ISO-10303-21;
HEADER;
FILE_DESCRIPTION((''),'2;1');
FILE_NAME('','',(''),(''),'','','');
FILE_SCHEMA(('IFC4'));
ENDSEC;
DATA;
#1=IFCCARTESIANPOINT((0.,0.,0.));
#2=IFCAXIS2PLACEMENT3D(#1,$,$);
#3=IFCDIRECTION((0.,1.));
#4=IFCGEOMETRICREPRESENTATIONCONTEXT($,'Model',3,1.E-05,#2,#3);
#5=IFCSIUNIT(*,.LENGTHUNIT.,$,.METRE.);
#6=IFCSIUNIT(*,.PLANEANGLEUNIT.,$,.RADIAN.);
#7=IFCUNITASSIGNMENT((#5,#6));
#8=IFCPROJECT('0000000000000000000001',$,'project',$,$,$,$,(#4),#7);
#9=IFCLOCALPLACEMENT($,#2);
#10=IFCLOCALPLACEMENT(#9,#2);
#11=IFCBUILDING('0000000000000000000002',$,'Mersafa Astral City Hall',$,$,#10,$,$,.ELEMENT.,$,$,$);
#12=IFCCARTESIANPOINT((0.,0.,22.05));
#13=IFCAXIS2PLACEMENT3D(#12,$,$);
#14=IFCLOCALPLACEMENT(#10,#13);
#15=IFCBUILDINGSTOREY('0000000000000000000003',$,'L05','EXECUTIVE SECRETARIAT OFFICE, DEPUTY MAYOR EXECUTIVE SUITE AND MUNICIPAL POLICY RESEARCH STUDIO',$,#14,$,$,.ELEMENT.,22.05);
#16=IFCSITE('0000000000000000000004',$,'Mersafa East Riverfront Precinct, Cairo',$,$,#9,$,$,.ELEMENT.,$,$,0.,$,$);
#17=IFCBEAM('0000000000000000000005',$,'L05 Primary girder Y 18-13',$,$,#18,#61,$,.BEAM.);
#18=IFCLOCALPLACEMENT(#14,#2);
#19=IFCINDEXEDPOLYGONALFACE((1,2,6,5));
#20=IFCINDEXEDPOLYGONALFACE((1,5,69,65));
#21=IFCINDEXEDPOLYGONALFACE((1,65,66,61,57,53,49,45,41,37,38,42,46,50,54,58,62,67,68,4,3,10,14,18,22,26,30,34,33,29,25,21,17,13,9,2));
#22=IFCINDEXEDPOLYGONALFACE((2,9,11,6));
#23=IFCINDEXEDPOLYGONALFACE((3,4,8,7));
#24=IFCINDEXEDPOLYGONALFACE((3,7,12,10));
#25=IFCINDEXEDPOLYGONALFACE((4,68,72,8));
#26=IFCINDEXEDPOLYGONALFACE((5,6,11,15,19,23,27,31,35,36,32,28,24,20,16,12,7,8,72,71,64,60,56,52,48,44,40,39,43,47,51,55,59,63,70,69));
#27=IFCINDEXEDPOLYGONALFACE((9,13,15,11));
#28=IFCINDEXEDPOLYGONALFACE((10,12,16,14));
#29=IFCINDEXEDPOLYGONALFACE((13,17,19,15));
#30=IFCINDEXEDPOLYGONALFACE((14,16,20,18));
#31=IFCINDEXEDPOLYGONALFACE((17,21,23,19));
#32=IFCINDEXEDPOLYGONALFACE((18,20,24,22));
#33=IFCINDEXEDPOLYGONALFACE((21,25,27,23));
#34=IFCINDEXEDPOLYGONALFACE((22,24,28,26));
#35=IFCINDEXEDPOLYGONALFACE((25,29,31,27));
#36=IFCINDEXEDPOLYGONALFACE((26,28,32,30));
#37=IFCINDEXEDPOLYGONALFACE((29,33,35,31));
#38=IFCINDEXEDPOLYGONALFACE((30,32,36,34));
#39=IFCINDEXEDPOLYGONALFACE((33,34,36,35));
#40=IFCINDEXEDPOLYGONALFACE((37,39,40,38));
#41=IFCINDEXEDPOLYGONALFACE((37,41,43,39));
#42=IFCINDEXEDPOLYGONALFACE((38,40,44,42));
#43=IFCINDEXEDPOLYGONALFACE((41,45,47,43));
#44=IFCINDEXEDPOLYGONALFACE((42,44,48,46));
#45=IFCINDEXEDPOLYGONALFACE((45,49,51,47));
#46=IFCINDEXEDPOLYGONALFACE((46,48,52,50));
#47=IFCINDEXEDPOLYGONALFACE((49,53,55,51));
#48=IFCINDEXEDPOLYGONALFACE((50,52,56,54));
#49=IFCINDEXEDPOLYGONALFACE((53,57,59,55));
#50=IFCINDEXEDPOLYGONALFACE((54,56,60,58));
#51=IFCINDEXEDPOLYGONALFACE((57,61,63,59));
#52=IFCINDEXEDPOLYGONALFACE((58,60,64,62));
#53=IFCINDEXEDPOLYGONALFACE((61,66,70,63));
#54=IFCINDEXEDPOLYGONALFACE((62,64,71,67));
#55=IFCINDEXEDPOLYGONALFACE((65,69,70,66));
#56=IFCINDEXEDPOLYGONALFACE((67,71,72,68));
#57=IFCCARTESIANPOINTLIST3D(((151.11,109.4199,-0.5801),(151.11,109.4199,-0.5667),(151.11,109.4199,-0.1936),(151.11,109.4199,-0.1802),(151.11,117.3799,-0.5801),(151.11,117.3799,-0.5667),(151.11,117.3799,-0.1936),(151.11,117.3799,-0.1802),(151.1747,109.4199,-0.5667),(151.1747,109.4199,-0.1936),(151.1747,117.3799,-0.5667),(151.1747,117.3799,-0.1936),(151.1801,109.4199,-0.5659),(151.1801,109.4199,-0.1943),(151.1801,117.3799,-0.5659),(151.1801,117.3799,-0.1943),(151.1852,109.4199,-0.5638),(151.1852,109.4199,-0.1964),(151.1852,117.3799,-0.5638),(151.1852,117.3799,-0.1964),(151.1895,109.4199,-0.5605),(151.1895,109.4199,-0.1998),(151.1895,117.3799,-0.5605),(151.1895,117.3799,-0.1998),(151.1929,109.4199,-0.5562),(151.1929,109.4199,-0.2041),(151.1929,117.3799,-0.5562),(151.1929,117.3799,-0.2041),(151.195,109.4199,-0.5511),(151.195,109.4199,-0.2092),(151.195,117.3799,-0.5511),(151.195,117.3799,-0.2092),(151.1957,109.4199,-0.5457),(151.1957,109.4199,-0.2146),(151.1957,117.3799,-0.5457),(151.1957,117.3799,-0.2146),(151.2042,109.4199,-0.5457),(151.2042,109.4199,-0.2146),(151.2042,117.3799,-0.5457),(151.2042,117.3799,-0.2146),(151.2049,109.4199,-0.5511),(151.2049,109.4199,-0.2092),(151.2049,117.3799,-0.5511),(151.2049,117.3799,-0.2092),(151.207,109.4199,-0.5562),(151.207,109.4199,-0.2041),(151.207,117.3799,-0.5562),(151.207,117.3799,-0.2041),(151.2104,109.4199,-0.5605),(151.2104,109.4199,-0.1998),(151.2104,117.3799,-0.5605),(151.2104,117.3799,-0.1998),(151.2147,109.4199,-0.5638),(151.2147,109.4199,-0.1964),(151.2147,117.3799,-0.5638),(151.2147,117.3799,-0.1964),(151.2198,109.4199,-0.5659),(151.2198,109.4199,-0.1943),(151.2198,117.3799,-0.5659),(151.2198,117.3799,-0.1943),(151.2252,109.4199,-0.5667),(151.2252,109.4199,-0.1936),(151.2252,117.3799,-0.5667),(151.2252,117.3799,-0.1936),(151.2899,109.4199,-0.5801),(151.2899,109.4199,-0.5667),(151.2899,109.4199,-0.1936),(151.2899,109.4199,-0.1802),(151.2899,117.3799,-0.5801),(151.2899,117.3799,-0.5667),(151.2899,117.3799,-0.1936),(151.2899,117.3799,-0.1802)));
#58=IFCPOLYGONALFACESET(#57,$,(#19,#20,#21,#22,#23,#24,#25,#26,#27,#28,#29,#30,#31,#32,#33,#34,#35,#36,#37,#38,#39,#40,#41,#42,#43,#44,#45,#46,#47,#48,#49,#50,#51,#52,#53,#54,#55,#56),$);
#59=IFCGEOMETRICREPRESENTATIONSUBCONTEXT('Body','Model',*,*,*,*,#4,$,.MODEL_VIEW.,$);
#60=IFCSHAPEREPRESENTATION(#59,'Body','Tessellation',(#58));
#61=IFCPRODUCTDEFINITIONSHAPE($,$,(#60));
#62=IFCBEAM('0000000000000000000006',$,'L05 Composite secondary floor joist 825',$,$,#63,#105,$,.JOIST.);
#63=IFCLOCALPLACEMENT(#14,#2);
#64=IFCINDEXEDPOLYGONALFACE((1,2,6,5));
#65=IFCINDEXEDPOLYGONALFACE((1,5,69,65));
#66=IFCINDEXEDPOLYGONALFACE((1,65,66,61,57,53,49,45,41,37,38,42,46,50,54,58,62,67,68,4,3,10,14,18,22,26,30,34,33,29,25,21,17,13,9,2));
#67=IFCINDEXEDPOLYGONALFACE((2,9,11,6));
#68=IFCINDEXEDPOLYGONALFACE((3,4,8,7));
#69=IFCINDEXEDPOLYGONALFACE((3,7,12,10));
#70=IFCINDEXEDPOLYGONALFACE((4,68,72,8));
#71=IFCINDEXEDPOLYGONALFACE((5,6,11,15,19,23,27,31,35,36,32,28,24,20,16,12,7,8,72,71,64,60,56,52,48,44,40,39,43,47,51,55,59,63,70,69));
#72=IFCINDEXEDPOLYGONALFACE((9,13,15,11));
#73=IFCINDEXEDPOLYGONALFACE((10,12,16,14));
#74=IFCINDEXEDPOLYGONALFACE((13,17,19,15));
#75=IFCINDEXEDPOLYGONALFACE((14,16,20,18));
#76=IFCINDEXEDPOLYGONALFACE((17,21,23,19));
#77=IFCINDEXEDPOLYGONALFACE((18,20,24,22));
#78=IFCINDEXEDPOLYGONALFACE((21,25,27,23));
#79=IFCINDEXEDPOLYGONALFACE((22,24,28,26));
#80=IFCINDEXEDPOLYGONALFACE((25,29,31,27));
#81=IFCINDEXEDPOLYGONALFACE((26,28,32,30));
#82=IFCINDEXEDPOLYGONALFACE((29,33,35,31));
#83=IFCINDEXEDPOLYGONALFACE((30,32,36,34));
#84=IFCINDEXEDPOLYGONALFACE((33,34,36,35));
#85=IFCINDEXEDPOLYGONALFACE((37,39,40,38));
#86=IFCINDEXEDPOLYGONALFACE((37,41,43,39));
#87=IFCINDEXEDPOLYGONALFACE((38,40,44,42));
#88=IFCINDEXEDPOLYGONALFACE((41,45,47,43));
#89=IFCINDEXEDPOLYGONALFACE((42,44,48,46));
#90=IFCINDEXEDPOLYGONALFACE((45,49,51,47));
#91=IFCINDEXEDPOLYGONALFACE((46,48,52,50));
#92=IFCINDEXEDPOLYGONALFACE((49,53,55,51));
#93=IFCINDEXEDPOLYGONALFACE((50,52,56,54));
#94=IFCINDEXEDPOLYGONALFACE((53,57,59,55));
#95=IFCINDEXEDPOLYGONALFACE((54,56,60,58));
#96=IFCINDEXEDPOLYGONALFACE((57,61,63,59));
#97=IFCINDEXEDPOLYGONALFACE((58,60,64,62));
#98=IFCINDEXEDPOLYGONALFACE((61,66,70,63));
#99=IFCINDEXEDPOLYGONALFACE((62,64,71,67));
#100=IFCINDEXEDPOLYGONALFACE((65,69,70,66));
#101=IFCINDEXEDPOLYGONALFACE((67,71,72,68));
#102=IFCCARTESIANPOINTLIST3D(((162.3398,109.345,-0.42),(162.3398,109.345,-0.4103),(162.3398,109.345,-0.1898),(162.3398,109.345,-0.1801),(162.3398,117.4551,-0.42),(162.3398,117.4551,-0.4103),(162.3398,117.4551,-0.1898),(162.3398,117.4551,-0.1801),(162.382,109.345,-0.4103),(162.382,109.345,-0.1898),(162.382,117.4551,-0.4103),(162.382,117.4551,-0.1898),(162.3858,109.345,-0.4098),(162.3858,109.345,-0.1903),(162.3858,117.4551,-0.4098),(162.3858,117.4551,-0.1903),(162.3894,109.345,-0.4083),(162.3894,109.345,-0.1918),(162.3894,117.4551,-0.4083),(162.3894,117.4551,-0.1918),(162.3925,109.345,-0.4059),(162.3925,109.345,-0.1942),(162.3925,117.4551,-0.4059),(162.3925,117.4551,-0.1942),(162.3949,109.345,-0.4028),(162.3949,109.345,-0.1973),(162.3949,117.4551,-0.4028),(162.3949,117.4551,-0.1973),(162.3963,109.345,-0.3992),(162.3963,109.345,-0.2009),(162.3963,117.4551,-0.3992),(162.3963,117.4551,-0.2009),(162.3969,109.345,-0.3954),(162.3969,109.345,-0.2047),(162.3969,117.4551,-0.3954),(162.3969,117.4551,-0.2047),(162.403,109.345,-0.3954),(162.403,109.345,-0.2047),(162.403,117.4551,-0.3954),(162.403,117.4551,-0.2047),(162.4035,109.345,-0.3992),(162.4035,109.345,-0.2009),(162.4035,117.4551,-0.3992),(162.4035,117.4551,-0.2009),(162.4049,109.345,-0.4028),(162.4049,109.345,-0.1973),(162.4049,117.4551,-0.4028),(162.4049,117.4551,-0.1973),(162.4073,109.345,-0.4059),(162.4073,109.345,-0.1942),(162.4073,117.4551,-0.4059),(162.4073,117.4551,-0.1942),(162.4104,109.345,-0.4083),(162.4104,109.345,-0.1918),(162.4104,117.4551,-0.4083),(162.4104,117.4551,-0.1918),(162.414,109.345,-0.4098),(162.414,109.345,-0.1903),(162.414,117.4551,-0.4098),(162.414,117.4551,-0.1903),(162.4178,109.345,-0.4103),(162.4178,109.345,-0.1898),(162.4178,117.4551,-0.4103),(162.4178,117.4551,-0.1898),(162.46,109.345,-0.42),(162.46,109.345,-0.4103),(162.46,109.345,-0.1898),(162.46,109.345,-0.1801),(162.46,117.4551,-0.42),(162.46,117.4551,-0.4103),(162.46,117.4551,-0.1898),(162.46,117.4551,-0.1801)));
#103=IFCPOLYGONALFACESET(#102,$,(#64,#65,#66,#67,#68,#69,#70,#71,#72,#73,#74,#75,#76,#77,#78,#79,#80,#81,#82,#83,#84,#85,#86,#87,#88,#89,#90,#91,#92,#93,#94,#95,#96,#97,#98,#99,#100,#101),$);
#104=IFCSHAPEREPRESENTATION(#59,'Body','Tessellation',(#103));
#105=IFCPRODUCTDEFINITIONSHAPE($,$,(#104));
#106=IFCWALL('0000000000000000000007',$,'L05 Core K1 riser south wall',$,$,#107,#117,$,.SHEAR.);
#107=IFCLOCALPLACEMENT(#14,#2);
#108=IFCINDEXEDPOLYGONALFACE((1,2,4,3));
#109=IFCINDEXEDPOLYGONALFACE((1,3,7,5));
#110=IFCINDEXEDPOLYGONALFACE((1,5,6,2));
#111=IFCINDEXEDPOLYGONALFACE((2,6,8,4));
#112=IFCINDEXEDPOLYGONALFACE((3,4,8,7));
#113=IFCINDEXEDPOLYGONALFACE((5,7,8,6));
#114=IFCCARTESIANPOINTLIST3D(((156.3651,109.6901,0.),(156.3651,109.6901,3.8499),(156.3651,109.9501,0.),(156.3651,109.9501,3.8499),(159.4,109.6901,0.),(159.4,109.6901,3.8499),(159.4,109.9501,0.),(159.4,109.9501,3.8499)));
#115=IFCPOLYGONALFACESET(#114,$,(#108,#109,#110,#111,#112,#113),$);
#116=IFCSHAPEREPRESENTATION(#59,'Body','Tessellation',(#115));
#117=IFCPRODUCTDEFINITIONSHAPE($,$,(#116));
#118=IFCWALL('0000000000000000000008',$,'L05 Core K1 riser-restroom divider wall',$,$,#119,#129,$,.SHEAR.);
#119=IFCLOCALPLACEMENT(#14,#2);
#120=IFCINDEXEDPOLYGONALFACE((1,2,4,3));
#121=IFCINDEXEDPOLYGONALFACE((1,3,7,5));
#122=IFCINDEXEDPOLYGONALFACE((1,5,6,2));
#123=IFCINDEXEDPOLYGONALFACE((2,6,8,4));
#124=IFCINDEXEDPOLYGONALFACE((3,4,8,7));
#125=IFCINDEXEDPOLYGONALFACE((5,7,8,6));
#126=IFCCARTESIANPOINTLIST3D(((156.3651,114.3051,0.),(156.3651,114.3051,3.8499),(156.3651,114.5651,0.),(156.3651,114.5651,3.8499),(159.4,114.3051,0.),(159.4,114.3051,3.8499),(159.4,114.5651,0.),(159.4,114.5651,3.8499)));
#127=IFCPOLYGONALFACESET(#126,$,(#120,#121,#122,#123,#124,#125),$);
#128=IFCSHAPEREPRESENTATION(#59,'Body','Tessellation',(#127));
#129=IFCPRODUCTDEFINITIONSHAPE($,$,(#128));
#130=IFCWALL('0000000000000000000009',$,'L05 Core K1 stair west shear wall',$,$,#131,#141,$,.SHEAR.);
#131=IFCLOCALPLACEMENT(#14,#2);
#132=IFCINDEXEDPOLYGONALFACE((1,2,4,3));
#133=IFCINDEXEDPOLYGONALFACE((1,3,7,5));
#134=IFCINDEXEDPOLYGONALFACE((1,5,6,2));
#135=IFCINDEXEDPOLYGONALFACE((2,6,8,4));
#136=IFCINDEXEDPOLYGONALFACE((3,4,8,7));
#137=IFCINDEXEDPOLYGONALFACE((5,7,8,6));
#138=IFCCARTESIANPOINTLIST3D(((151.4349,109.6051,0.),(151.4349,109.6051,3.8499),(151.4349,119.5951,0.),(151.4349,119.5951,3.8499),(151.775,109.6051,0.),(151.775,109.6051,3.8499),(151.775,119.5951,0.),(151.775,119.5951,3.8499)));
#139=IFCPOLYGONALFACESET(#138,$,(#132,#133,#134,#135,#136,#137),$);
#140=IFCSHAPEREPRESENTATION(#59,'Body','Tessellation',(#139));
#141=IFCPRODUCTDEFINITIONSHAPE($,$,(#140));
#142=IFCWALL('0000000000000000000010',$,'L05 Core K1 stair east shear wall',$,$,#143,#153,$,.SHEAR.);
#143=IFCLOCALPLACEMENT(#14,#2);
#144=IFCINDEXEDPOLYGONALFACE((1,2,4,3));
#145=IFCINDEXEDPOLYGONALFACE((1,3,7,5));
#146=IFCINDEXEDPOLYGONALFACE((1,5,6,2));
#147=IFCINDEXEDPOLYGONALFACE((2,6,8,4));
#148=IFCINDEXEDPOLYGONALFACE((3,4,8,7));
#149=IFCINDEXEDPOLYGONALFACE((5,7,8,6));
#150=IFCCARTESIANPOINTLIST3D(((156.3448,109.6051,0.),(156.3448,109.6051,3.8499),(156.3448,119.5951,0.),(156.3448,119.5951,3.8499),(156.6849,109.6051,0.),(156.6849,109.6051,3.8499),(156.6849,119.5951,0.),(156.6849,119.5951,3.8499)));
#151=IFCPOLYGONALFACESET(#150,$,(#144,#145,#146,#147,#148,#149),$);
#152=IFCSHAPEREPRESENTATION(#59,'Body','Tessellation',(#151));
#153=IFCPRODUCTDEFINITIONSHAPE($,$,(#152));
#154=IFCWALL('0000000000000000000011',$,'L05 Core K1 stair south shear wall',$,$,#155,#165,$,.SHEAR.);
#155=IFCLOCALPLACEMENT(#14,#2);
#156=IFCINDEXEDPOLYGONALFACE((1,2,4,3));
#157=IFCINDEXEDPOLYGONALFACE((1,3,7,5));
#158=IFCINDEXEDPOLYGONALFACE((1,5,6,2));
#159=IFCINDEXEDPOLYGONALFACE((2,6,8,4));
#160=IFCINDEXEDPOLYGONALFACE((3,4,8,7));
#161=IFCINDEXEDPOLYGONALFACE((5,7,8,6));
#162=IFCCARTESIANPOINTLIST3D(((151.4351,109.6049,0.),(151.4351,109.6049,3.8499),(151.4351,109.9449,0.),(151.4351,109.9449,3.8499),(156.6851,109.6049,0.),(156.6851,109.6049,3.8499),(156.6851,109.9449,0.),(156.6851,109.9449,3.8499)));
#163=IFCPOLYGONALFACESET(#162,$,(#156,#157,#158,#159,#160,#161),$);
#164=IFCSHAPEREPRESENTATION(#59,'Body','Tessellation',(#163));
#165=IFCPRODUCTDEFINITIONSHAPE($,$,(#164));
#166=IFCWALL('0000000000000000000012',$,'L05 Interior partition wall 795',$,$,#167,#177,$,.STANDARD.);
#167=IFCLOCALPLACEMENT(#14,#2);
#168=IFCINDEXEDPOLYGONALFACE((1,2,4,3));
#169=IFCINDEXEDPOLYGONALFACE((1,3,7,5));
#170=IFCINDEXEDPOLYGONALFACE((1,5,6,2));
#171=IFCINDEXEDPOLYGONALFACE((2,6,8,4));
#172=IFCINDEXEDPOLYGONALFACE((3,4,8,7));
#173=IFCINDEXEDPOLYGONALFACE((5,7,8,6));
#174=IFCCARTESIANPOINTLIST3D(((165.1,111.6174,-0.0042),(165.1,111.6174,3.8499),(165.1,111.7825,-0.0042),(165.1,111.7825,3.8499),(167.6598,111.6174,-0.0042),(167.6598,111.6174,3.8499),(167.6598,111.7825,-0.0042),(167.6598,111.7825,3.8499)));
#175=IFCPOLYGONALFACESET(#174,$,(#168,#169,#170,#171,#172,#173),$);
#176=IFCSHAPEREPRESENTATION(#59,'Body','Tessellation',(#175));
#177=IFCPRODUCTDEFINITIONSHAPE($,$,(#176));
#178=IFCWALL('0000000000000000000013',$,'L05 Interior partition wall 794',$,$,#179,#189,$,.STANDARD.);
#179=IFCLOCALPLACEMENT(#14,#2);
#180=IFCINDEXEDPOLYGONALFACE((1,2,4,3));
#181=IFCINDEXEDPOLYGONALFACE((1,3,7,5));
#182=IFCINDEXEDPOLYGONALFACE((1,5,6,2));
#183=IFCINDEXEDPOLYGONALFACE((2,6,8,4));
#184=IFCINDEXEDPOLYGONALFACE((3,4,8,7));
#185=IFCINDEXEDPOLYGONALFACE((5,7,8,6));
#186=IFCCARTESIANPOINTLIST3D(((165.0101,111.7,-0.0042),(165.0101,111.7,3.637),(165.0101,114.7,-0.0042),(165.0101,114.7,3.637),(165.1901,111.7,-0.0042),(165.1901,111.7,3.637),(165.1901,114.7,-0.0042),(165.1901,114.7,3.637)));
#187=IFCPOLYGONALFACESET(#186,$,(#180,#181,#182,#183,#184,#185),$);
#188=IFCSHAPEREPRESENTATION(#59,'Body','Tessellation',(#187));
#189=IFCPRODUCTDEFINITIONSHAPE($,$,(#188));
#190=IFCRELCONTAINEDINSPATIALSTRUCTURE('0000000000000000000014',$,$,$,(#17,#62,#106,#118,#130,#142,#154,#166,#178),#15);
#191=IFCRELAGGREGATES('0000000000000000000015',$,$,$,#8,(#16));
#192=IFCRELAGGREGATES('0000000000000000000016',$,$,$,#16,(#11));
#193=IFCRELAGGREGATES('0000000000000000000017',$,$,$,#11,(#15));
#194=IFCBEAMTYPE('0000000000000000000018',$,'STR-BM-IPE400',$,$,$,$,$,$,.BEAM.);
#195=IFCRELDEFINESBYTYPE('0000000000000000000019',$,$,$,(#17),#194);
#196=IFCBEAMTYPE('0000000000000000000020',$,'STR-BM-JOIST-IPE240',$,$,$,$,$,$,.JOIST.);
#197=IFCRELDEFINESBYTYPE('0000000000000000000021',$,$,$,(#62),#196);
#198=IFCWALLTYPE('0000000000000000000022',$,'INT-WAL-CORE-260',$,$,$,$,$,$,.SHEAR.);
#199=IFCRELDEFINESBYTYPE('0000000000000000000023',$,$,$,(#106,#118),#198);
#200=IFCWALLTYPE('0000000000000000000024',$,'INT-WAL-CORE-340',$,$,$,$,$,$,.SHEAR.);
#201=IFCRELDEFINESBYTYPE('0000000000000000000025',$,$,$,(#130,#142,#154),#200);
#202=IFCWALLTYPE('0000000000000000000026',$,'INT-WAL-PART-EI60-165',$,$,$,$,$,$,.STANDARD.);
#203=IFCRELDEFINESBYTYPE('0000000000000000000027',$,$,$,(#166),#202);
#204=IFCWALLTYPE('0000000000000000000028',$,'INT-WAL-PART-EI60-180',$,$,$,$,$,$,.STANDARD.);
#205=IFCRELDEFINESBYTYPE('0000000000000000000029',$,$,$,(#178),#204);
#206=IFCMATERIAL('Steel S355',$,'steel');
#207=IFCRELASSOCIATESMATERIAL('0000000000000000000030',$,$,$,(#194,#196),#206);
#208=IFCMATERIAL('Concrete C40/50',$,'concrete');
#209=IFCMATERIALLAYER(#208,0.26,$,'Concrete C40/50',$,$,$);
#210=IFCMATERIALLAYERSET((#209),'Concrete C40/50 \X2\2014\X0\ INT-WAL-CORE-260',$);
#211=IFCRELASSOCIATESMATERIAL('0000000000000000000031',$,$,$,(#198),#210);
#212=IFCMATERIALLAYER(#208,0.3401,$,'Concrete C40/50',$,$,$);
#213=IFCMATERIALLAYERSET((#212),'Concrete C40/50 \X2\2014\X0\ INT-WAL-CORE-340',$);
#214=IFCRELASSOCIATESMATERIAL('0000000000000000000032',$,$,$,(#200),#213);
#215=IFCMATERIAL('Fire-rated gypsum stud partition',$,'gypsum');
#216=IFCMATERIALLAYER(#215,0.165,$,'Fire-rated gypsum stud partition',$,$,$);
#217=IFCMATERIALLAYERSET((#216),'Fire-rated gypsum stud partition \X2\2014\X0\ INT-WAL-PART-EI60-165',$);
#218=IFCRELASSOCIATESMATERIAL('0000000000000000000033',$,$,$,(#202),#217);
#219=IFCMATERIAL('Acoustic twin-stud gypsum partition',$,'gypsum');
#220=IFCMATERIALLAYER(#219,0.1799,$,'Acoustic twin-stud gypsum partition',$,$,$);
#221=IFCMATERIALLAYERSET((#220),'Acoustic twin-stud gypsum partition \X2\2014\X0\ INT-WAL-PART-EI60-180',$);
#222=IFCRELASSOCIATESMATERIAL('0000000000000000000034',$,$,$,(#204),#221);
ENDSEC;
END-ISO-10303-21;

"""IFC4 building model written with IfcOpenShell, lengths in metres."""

from ifc_helpers import new_model, si_unit, direction, frame, frame_2d, origin, origin_2d, place, context, subcontext, project, spatial, rectangle, i_section, extrude, material, layer, layer_set, material_profile, profile_set, type_object, element, save


model = new_model("IFC4")

# Units and contexts
model_context = context("Model", 3, precision=1e-05, world=origin(), true_north=direction((0.0, 1.0)))
body_context = subcontext(model_context, "Body", "Model", "MODEL_VIEW")
ifc_project = project(units=[si_unit("LENGTHUNIT", "METRE"), si_unit("PLANEANGLEUNIT", "RADIAN")], contexts=[model_context])

# Site, building, storey
site_placement = place(None, origin())
site = spatial("IfcSite", under=ifc_project, at=site_placement, Name="Mersafa East Riverfront Precinct, Cairo", CompositionType="ELEMENT", RefElevation=0.0)
building_placement = place(site_placement, origin())
building = spatial("IfcBuilding", under=site, at=building_placement, Name="Mersafa Astral City Hall", CompositionType="ELEMENT")
storey_placement = place(building_placement, frame((0.0, 0.0, 22.05)))
storey = spatial("IfcBuildingStorey", under=building, at=storey_placement, Name="L05", Description="EXECUTIVE SECRETARIAT OFFICE, DEPUTY MAYOR EXECUTIVE SUITE AND MUNICIPAL POLICY RESEARCH STUDIO", CompositionType="ELEMENT", Elevation=22.05)

# Shared definitions
ifc_material_1 = material(Name="Steel S355", Category="steel")

# Beams
ifc_material_profile_1 = material_profile(ifc_material_1, i_section(OverallWidth=0.1799, OverallDepth=0.3999, WebThickness=0.0085, FlangeThickness=0.0134, FilletRadius=0.021, at=origin_2d()), Name="IPE 400")
ifc_profile_set_1 = profile_set([ifc_material_profile_1], Name="Steel S355")
beam_type_1 = type_object("IfcBeamType", Name="STR-BM-IPE400", PredefinedType="BEAM", material=ifc_profile_set_1)
beam_1_placement = place(storey_placement, frame((151.2, 109.4199, -0.3801), z_axis=(0.0, 1.0, 0.0), x_axis=(-1.0, 0.0, 0.0)))
element("IfcBeam", 1, at=beam_1_placement, inside=storey, type_object=beam_type_1, Name="L05 Primary girder Y 18-13", PredefinedType="BEAM", context=body_context, shape_type="SweptSolid", body=[
    extrude(i_section(OverallWidth=0.1799, OverallDepth=0.3999, WebThickness=0.0085, FlangeThickness=0.0134, FilletRadius=0.021, at=origin_2d()), origin(), (0.0, 0.0, 1.0), 7.96),
])
ifc_material_profile_2 = material_profile(ifc_material_1, i_section(OverallWidth=0.1201, OverallDepth=0.24, WebThickness=0.0061, FlangeThickness=0.0098, FilletRadius=0.0149, at=origin_2d()), Name="IPE 240")
ifc_profile_set_2 = profile_set([ifc_material_profile_2], Name="Steel S355")
beam_type_2 = type_object("IfcBeamType", Name="STR-BM-JOIST-IPE240", PredefinedType="JOIST", material=ifc_profile_set_2)
beam_2_placement = place(storey_placement, frame((162.3999, 109.345, -0.3), z_axis=(0.0, 1.0, 0.0), x_axis=(-1.0, 0.0, 0.0)))
element("IfcBeam", 2, at=beam_2_placement, inside=storey, type_object=beam_type_2, Name="L05 Composite secondary floor joist 825", PredefinedType="JOIST", context=body_context, shape_type="SweptSolid", body=[
    extrude(i_section(OverallWidth=0.1201, OverallDepth=0.24, WebThickness=0.0061, FlangeThickness=0.0098, FilletRadius=0.0149, at=origin_2d()), origin(), (0.0, 0.0, 1.0), 8.1101),
])

# Walls
ifc_material_2 = material(Name="Concrete C40/50", Category="concrete")
ifc_layer_1 = layer(ifc_material_2, 0.26, Name="Concrete C40/50")
ifc_layer_set_1 = layer_set([ifc_layer_1], Name="Concrete C40/50 — INT-WAL-CORE-260")
wall_type_1 = type_object("IfcWallType", Name="INT-WAL-CORE-260", PredefinedType="SHEAR", material=ifc_layer_set_1)
for number, where, z_axis, x_axis, name in (
    (3, (156.365, 109.8201, 0.0), (0.0, 0.0, 1.0), (1.0, 0.0, 0.0), "L05 Core K1 riser south wall"),
    (4, (156.365, 114.4351, 0.0), (0.0, 0.0, 1.0), (1.0, 0.0, 0.0), "L05 Core K1 riser-restroom divider wall"),
):
    element("IfcWall", number, at=place(storey_placement, frame(where, z_axis=z_axis, x_axis=x_axis)), inside=storey, type_object=wall_type_1, Name=name, PredefinedType="SHEAR", context=body_context, shape_type="SweptSolid", body=[
        extrude(rectangle(XDim=3.0349, YDim=0.26, at=frame_2d((1.5176, 0.0))), origin(), (0.0, 0.0, 1.0), 3.8499),
    ])
ifc_layer_2 = layer(ifc_material_2, 0.3401, Name="Concrete C40/50")
ifc_layer_set_2 = layer_set([ifc_layer_2], Name="Concrete C40/50 — INT-WAL-CORE-340")
wall_type_2 = type_object("IfcWallType", Name="INT-WAL-CORE-340", PredefinedType="SHEAR", material=ifc_layer_set_2)
for number, where, z_axis, x_axis, name in (
    (5, (151.605, 109.605, 0.0), (0.0, 0.0, 1.0), (0.0, 1.0, 0.0), "L05 Core K1 stair west shear wall"),
    (6, (156.5149, 109.605, 0.0), (0.0, 0.0, 1.0), (0.0, 1.0, 0.0), "L05 Core K1 stair east shear wall"),
):
    element("IfcWall", number, at=place(storey_placement, frame(where, z_axis=z_axis, x_axis=x_axis)), inside=storey, type_object=wall_type_2, Name=name, PredefinedType="SHEAR", context=body_context, shape_type="SweptSolid", body=[
        extrude(rectangle(XDim=9.99, YDim=0.3401, at=frame_2d((4.9951, 0.0))), origin(), (0.0, 0.0, 1.0), 3.8499),
    ])
wall_1_placement = place(storey_placement, frame((151.4351, 109.7749, 0.0), z_axis=(0.0, 0.0, 1.0), x_axis=(1.0, 0.0, 0.0)))
element("IfcWall", 7, at=wall_1_placement, inside=storey, type_object=wall_type_2, Name="L05 Core K1 stair south shear wall", PredefinedType="SHEAR", context=body_context, shape_type="SweptSolid", body=[
    extrude(rectangle(XDim=5.25, YDim=0.3401, at=frame_2d((2.625, 0.0))), origin(), (0.0, 0.0, 1.0), 3.8499),
])
ifc_material_3 = material(Name="Fire-rated gypsum stud partition", Category="gypsum")
ifc_layer_3 = layer(ifc_material_3, 0.165, Name="Fire-rated gypsum stud partition")
ifc_layer_set_3 = layer_set([ifc_layer_3], Name="Fire-rated gypsum stud partition — INT-WAL-PART-EI60-165")
wall_type_3 = type_object("IfcWallType", Name="INT-WAL-PART-EI60-165", PredefinedType="STANDARD", material=ifc_layer_set_3)
wall_2_placement = place(storey_placement, frame((165.1001, 111.7, -0.0042), z_axis=(0.0, 0.0, 1.0), x_axis=(1.0, 0.0, 0.0)))
element("IfcWall", 8, at=wall_2_placement, inside=storey, type_object=wall_type_3, Name="L05 Interior partition wall 795", PredefinedType="STANDARD", context=body_context, shape_type="SweptSolid", body=[
    extrude(rectangle(XDim=2.5598, YDim=0.165, at=frame_2d((1.2798, 0.0))), origin(), (0.0, 0.0, 1.0), 3.854),
])
ifc_material_4 = material(Name="Acoustic twin-stud gypsum partition", Category="gypsum")
ifc_layer_4 = layer(ifc_material_4, 0.1799, Name="Acoustic twin-stud gypsum partition")
ifc_layer_set_4 = layer_set([ifc_layer_4], Name="Acoustic twin-stud gypsum partition — INT-WAL-PART-EI60-180")
wall_type_4 = type_object("IfcWallType", Name="INT-WAL-PART-EI60-180", PredefinedType="STANDARD", material=ifc_layer_set_4)
wall_3_placement = place(storey_placement, frame((165.1001, 114.7, -0.0042), z_axis=(0.0, 0.0, 1.0), x_axis=(0.0, -1.0, 0.0)))
element("IfcWall", 9, at=wall_3_placement, inside=storey, type_object=wall_type_4, Name="L05 Interior partition wall 794", PredefinedType="STANDARD", context=body_context, shape_type="SweptSolid", body=[
    extrude(rectangle(XDim=3.0, YDim=0.1799, at=frame_2d((1.5, 0.0))), origin(), (0.0, 0.0, 1.0), 3.6411),
])

save(model, "model.ifc")
